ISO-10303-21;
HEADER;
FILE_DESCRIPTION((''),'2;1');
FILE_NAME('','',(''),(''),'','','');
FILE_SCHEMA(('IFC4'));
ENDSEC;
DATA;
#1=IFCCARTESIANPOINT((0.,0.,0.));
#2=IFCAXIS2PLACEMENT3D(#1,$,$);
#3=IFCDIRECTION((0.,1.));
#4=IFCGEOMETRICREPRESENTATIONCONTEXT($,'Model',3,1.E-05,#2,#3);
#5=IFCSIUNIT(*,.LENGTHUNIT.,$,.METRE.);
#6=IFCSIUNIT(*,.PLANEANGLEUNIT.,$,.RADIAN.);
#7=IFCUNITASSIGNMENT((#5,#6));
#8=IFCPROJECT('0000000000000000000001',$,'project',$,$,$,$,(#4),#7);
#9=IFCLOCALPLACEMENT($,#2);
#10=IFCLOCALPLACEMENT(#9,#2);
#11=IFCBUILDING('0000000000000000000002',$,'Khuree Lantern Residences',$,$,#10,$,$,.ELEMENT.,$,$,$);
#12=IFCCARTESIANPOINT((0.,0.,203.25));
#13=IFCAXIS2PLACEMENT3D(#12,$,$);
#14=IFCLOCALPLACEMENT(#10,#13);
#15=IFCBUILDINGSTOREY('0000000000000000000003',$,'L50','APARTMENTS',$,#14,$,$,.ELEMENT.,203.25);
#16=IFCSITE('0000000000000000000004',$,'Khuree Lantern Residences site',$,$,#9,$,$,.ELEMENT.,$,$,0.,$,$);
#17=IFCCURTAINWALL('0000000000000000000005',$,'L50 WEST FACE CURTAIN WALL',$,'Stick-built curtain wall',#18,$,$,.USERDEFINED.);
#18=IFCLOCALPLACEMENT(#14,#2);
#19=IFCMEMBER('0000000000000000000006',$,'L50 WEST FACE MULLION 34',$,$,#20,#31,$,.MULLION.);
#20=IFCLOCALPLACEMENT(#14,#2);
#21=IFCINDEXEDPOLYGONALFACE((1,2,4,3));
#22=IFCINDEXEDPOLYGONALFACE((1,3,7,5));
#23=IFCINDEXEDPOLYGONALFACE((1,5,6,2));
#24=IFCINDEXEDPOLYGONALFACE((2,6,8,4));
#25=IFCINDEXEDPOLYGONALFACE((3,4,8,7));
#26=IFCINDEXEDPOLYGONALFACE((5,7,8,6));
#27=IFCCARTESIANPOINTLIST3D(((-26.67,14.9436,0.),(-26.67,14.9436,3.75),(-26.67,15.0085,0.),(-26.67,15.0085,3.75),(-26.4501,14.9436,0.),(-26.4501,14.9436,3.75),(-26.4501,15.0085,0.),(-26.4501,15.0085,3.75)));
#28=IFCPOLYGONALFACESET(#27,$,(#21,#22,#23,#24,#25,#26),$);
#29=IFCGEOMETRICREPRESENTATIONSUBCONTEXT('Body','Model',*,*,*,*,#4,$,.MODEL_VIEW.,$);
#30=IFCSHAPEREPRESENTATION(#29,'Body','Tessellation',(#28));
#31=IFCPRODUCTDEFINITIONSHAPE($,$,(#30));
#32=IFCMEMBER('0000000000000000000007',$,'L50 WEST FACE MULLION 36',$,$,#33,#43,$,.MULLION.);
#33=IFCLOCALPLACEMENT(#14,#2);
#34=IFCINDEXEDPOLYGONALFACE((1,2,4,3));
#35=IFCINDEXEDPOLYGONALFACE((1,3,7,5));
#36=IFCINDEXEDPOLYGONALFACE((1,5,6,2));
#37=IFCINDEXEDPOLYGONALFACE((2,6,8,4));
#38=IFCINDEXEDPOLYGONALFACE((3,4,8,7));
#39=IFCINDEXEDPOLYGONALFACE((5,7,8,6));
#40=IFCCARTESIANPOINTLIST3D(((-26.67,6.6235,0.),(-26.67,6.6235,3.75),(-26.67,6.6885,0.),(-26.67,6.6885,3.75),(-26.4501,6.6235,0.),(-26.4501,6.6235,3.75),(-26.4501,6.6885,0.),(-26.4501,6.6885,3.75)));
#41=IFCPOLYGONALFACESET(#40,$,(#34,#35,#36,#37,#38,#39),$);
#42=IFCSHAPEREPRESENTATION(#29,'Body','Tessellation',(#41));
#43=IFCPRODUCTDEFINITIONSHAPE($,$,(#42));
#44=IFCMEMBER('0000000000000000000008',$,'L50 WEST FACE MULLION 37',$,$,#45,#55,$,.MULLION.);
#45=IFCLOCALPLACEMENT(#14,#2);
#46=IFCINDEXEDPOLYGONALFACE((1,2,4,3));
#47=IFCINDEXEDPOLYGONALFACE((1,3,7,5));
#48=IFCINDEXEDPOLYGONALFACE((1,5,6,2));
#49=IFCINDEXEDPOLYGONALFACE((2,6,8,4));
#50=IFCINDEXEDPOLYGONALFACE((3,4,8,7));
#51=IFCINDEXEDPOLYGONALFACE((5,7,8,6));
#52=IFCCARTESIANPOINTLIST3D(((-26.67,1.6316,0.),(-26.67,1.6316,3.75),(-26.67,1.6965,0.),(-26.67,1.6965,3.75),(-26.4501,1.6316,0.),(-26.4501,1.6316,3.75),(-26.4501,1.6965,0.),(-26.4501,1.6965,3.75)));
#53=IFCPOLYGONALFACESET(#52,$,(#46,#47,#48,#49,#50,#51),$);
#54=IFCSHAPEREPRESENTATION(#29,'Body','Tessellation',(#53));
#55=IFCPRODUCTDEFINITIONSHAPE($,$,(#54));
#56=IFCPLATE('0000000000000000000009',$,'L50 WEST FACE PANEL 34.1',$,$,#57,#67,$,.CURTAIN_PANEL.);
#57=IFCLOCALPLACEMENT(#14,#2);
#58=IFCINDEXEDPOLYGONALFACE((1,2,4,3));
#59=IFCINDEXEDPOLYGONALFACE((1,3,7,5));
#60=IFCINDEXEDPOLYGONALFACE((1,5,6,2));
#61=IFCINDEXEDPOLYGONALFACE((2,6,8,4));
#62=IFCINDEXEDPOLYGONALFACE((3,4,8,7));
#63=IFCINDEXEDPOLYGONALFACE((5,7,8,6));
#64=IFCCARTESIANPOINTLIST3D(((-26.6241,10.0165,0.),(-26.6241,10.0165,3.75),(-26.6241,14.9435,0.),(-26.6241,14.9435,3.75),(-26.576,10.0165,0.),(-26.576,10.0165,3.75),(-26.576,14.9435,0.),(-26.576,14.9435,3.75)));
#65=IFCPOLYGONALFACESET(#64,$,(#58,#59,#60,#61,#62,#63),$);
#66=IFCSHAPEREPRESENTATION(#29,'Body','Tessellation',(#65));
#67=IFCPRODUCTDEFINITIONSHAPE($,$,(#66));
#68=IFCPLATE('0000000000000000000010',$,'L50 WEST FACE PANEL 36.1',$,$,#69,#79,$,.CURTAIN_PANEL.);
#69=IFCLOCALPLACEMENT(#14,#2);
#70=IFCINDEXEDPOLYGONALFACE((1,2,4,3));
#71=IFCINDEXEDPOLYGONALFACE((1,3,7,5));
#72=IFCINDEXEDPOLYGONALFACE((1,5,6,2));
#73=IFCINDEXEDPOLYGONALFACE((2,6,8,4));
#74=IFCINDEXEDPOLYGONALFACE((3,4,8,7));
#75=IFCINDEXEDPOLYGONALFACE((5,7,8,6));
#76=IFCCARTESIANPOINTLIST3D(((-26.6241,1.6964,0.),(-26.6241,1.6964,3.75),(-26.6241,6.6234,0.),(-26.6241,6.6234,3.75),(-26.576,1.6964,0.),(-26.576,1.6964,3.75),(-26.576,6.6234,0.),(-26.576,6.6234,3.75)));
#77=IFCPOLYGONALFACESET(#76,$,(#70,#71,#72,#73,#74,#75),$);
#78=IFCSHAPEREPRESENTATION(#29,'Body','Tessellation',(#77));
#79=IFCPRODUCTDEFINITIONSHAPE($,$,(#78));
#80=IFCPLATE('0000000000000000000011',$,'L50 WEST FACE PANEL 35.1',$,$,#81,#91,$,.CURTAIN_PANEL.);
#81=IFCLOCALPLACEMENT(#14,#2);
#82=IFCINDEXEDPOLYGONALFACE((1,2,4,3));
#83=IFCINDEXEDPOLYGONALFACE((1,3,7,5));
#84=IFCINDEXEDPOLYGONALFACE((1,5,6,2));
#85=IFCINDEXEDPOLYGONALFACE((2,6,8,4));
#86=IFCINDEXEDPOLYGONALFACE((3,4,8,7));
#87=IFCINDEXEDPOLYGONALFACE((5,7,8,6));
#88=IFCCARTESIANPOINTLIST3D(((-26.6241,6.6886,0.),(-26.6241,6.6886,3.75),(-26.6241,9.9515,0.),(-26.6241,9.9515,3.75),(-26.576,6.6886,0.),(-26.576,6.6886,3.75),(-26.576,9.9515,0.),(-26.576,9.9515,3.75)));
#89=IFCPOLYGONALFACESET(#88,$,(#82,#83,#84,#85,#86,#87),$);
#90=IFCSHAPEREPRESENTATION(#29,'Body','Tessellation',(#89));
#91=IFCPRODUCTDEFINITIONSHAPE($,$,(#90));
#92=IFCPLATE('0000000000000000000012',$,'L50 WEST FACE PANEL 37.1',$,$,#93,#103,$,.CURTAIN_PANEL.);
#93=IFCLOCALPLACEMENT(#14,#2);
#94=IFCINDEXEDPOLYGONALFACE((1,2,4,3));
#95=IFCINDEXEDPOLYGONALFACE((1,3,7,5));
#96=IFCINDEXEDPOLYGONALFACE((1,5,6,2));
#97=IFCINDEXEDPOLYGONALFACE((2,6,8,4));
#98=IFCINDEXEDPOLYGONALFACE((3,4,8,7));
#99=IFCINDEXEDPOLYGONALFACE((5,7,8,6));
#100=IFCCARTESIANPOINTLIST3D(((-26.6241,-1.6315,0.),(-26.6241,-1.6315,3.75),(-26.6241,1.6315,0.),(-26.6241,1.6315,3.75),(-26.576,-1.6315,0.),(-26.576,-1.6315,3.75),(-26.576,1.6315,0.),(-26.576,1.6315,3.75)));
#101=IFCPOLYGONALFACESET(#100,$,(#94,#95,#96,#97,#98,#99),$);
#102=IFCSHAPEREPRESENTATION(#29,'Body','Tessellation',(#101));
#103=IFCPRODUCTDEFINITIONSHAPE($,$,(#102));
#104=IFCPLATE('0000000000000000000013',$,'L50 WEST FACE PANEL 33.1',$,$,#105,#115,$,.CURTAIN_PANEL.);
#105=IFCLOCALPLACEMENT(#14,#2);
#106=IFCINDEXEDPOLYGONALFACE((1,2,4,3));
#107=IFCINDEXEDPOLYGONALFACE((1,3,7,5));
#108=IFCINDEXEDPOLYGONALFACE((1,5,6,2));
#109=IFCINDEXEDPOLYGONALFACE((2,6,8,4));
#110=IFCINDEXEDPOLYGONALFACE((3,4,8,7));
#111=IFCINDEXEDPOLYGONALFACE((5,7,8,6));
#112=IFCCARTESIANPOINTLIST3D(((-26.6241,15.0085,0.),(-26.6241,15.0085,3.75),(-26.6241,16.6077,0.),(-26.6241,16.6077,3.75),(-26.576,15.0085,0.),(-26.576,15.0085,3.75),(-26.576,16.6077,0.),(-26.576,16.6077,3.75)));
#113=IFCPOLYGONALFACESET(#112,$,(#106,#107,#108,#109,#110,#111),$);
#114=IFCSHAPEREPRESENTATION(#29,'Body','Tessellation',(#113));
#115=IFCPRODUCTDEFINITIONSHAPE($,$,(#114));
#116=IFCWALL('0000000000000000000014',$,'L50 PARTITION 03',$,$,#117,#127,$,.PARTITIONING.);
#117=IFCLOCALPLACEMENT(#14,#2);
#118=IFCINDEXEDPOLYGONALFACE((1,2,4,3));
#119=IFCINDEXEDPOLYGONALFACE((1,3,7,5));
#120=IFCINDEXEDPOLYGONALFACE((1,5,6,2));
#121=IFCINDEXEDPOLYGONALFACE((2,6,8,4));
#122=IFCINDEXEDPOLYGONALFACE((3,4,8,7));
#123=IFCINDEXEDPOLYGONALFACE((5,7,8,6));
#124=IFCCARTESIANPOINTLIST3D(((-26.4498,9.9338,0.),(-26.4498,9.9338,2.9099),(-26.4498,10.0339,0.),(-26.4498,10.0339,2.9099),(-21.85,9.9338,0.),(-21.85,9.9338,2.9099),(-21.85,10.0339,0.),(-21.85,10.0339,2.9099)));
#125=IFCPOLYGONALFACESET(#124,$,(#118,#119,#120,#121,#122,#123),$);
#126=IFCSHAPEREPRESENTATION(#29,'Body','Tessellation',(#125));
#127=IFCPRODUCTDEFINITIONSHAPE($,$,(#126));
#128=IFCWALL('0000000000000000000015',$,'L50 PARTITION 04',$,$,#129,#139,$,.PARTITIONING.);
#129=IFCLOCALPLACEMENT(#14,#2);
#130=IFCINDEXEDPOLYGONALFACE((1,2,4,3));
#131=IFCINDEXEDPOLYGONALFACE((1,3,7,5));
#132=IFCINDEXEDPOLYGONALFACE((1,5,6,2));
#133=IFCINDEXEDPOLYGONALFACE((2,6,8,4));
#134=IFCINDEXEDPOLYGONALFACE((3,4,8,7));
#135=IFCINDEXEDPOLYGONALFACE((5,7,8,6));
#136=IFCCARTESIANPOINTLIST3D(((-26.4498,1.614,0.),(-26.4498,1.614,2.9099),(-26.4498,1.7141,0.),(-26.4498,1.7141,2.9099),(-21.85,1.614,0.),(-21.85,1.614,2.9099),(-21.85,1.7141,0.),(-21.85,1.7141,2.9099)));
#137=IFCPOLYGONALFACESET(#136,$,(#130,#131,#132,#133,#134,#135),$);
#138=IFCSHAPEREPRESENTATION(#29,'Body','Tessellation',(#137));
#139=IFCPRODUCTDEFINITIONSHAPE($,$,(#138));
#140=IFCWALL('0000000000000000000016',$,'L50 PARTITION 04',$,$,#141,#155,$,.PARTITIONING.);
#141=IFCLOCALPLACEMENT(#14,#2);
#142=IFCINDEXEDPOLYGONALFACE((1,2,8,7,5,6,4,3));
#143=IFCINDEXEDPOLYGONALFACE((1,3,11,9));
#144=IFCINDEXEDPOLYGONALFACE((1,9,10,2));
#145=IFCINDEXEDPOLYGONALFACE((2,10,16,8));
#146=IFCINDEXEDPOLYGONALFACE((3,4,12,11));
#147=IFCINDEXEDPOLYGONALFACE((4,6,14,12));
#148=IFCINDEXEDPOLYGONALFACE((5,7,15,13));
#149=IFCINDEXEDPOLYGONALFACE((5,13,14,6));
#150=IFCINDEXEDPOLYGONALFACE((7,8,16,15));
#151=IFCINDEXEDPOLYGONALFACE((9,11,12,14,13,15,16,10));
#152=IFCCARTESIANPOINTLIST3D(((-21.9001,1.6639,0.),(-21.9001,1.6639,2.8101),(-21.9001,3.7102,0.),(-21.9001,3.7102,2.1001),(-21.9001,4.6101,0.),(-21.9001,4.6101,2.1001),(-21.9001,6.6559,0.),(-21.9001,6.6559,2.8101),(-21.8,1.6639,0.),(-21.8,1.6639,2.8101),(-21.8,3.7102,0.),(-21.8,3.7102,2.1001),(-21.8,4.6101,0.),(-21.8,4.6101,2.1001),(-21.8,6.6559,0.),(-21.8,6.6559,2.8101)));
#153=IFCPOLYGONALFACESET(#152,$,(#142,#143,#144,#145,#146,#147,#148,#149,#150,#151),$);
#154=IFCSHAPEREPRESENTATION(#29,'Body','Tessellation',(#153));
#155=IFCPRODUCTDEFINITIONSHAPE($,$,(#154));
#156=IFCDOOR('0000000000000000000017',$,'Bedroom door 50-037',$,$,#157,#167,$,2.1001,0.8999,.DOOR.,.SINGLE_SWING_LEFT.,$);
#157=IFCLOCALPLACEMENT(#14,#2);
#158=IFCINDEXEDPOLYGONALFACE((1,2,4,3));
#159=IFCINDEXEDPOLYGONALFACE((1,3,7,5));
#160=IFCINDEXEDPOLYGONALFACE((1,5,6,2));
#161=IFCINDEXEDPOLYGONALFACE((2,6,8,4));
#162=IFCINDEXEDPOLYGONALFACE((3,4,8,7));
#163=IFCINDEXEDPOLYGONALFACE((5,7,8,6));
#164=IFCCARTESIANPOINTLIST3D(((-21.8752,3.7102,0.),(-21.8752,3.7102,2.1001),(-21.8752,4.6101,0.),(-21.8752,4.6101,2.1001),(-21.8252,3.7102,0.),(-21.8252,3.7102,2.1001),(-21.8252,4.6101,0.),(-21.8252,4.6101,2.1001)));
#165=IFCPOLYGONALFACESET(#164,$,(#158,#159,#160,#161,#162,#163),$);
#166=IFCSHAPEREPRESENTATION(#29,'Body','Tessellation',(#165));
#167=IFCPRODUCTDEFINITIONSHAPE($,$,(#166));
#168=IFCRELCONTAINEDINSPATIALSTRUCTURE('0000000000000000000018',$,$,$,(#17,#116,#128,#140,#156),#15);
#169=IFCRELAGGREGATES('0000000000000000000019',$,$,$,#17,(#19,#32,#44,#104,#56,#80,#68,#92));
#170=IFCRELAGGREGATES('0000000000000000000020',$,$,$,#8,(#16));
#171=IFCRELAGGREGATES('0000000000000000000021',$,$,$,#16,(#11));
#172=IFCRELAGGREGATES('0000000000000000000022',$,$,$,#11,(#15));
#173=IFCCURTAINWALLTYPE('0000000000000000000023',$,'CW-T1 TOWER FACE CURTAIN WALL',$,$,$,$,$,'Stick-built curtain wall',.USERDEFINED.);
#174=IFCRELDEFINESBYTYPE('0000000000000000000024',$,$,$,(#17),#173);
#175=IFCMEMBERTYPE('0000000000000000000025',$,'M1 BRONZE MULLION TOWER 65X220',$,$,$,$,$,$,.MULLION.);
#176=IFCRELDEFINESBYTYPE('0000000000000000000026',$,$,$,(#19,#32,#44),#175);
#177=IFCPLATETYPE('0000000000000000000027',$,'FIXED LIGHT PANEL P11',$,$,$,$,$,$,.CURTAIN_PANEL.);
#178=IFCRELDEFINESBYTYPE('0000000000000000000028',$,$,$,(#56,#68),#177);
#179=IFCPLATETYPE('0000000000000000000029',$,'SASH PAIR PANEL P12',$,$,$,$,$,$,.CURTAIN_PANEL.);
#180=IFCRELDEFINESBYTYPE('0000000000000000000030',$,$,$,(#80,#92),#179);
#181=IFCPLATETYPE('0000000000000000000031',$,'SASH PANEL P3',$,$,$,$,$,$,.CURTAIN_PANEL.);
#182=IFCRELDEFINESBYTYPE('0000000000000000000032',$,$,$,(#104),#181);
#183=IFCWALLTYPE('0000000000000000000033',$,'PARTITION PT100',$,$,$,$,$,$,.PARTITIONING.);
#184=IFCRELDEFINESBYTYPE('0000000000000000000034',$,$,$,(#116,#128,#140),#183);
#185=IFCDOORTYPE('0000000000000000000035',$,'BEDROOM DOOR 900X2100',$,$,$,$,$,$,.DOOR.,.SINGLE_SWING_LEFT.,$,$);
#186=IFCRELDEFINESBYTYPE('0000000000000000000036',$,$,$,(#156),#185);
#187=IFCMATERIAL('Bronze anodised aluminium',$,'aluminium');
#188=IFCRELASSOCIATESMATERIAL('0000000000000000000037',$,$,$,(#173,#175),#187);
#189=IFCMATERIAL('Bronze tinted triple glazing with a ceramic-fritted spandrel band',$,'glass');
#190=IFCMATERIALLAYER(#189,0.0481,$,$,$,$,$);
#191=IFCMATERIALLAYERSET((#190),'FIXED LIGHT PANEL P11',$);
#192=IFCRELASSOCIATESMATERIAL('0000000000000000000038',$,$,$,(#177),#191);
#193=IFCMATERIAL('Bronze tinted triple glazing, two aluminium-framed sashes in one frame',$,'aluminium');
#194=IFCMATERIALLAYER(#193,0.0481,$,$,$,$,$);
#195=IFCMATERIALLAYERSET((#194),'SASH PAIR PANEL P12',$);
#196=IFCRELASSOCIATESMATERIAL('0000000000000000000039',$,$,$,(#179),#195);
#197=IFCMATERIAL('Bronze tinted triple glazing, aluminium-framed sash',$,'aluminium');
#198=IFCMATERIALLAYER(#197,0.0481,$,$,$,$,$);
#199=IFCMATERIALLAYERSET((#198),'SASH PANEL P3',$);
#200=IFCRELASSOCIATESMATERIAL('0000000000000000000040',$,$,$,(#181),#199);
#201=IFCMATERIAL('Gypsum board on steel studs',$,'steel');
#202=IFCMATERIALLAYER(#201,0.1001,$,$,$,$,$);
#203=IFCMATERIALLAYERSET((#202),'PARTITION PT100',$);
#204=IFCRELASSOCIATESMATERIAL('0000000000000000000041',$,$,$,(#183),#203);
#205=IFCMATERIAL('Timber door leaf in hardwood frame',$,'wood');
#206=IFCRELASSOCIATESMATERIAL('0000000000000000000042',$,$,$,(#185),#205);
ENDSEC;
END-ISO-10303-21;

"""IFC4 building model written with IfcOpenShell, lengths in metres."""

from ifc_helpers import new_model, si_unit, direction, frame, frame_2d, origin, origin_2d, place, context, subcontext, project, spatial, rectangle, extrude, material, layer, layer_set, material_profile, profile_set, type_object, element, fill, aggregate, save


model = new_model("IFC4")

# Units and contexts
model_context = context("Model", 3, precision=1e-05, world=origin(), true_north=direction((0.0, 1.0)))
body_context = subcontext(model_context, "Body", "Model", "MODEL_VIEW")
ifc_project = project(units=[si_unit("LENGTHUNIT", "METRE"), si_unit("PLANEANGLEUNIT", "RADIAN")], contexts=[model_context])

# Site, building, storey
site_placement = place(None, origin())
site = spatial("IfcSite", under=ifc_project, at=site_placement, Name="Khuree Lantern Residences site", CompositionType="ELEMENT", RefElevation=0.0)
building_placement = place(site_placement, origin())
building = spatial("IfcBuilding", under=site, at=building_placement, Name="Khuree Lantern Residences", CompositionType="ELEMENT")
storey_placement = place(building_placement, frame((0.0, 0.0, 203.25)))
storey = spatial("IfcBuildingStorey", under=building, at=storey_placement, Name="L50", Description="APARTMENTS", CompositionType="ELEMENT", Elevation=203.25)

# Curtain wall
ifc_material_1 = material(Name="Bronze anodised aluminium", Category="aluminium")
curtain_wall_type = type_object("IfcCurtainWallType", Name="CW-T1 TOWER FACE CURTAIN WALL", ElementType="Stick-built curtain wall", PredefinedType="USERDEFINED", material=ifc_material_1)
curtain_wall_placement = place(storey_placement, origin())
curtain_wall = element("IfcCurtainWall", 1, at=curtain_wall_placement, inside=storey, type_object=curtain_wall_type, Name="L50 WEST FACE CURTAIN WALL", ObjectType="Stick-built curtain wall", PredefinedType="USERDEFINED")

# Members
ifc_material_profile_1 = material_profile(ifc_material_1, rectangle(XDim=0.0649, YDim=0.22, at=origin_2d()), Name="M1 65X220")
ifc_profile_set_1 = profile_set([ifc_material_profile_1], Name="Bronze anodised aluminium")
member_type_1 = type_object("IfcMemberType", Name="M1 BRONZE MULLION TOWER 65X220", PredefinedType="MULLION", material=ifc_profile_set_1)
member_1_placement = place(storey_placement, frame((-26.5601, 14.9761, 0.0), z_axis=(0.0, 0.0, 1.0), x_axis=(0.0, -1.0, 0.0)))
member_1 = element("IfcMember", 2, at=member_1_placement, type_object=member_type_1, Name="L50 WEST FACE MULLION 34", PredefinedType="MULLION", context=body_context, shape_type="SweptSolid", body=[
    extrude(rectangle(XDim=0.0649, YDim=0.22, at=origin_2d()), origin(), (0.0, 0.0, 1.0), 3.75),
])
member_2_placement = place(storey_placement, frame((-26.5601, 6.656, 0.0), z_axis=(0.0, 0.0, 1.0), x_axis=(0.0, -1.0, 0.0)))
member_2 = element("IfcMember", 3, at=member_2_placement, type_object=member_type_1, Name="L50 WEST FACE MULLION 36", PredefinedType="MULLION", context=body_context, shape_type="SweptSolid", body=[
    extrude(rectangle(XDim=0.0649, YDim=0.22, at=origin_2d()), origin(), (0.0, 0.0, 1.0), 3.75),
])
member_3_placement = place(storey_placement, frame((-26.5601, 1.6641, 0.0), z_axis=(0.0, 0.0, 1.0), x_axis=(0.0, -1.0, 0.0)))
member_3 = element("IfcMember", 4, at=member_3_placement, type_object=member_type_1, Name="L50 WEST FACE MULLION 37", PredefinedType="MULLION", context=body_context, shape_type="SweptSolid", body=[
    extrude(rectangle(XDim=0.0649, YDim=0.22, at=origin_2d()), origin(), (0.0, 0.0, 1.0), 3.75),
])

# Plates
ifc_material_2 = material(Name="Bronze tinted triple glazing with a ceramic-fritted spandrel band", Category="glass")
ifc_layer_1 = layer(ifc_material_2, 0.0481)
ifc_layer_set_1 = layer_set([ifc_layer_1], Name="FIXED LIGHT PANEL P11")
plate_type_1 = type_object("IfcPlateType", Name="FIXED LIGHT PANEL P11", PredefinedType="CURTAIN_PANEL", material=ifc_layer_set_1)
plate_1_placement = place(storey_placement, frame((-26.6001, 12.48, 0.0), z_axis=(0.0, 0.0, 1.0), x_axis=(0.0, -1.0, 0.0)))
plate_1 = element("IfcPlate", 5, at=plate_1_placement, type_object=plate_type_1, Name="L50 WEST FACE PANEL 34.1", PredefinedType="CURTAIN_PANEL", context=body_context, shape_type="SweptSolid", body=[
    extrude(rectangle(XDim=4.927, YDim=0.0481, at=origin_2d()), origin(), (0.0, 0.0, 1.0), 3.75),
])
plate_2_placement = place(storey_placement, frame((-26.6001, 4.1599, 0.0), z_axis=(0.0, 0.0, 1.0), x_axis=(0.0, -1.0, 0.0)))
plate_2 = element("IfcPlate", 6, at=plate_2_placement, type_object=plate_type_1, Name="L50 WEST FACE PANEL 36.1", PredefinedType="CURTAIN_PANEL", context=body_context, shape_type="SweptSolid", body=[
    extrude(rectangle(XDim=4.927, YDim=0.0481, at=origin_2d()), origin(), (0.0, 0.0, 1.0), 3.75),
])
ifc_material_3 = material(Name="Bronze tinted triple glazing, two aluminium-framed sashes in one frame", Category="aluminium")
ifc_layer_2 = layer(ifc_material_3, 0.0481)
ifc_layer_set_2 = layer_set([ifc_layer_2], Name="SASH PAIR PANEL P12")
plate_type_2 = type_object("IfcPlateType", Name="SASH PAIR PANEL P12", PredefinedType="CURTAIN_PANEL", material=ifc_layer_set_2)
plate_3_placement = place(storey_placement, frame((-26.6001, 8.3201, 0.0), z_axis=(0.0, 0.0, 1.0), x_axis=(0.0, -1.0, 0.0)))
plate_3 = element("IfcPlate", 7, at=plate_3_placement, type_object=plate_type_2, Name="L50 WEST FACE PANEL 35.1", PredefinedType="CURTAIN_PANEL", context=body_context, shape_type="SweptSolid", body=[
    extrude(rectangle(XDim=3.2629, YDim=0.0481, at=origin_2d()), origin(), (0.0, 0.0, 1.0), 3.75),
])
plate_4_placement = place(storey_placement, frame((-26.6001, 0.0, 0.0), z_axis=(0.0, 0.0, 1.0), x_axis=(0.0, -1.0, 0.0)))
plate_4 = element("IfcPlate", 8, at=plate_4_placement, type_object=plate_type_2, Name="L50 WEST FACE PANEL 37.1", PredefinedType="CURTAIN_PANEL", context=body_context, shape_type="SweptSolid", body=[
    extrude(rectangle(XDim=3.2629, YDim=0.0481, at=origin_2d()), origin(), (0.0, 0.0, 1.0), 3.75),
])
ifc_material_4 = material(Name="Bronze tinted triple glazing, aluminium-framed sash", Category="aluminium")
ifc_layer_3 = layer(ifc_material_4, 0.0481)
ifc_layer_set_3 = layer_set([ifc_layer_3], Name="SASH PANEL P3")
plate_type_3 = type_object("IfcPlateType", Name="SASH PANEL P3", PredefinedType="CURTAIN_PANEL", material=ifc_layer_set_3)
plate_5_placement = place(storey_placement, frame((-26.6001, 15.8081, 0.0), z_axis=(0.0, 0.0, 1.0), x_axis=(0.0, -1.0, 0.0)))
plate_5 = element("IfcPlate", 9, at=plate_5_placement, type_object=plate_type_3, Name="L50 WEST FACE PANEL 33.1", PredefinedType="CURTAIN_PANEL", context=body_context, shape_type="SweptSolid", body=[
    extrude(rectangle(XDim=1.5991, YDim=0.0481, at=origin_2d()), origin(), (0.0, 0.0, 1.0), 3.75),
])
aggregate(curtain_wall, [member_1, member_2, member_3, plate_5, plate_1, plate_3, plate_2, plate_4])

# Walls
ifc_material_5 = material(Name="Gypsum board on steel studs", Category="steel")
ifc_layer_4 = layer(ifc_material_5, 0.1001)
ifc_layer_set_4 = layer_set([ifc_layer_4], Name="PARTITION PT100")
wall_type = type_object("IfcWallType", Name="PARTITION PT100", PredefinedType="PARTITIONING", material=ifc_layer_set_4)
for number, where, z_axis, x_axis, name in (
    (10, (-21.8501, 9.9839, 0.0), (0.0, 0.0, 1.0), (-1.0, 0.0, 0.0), "L50 PARTITION 03"),
    (11, (-21.8501, 1.6641, 0.0), (0.0, 0.0, 1.0), (-1.0, 0.0, 0.0), "L50 PARTITION 04"),
):
    element("IfcWall", number, at=place(storey_placement, frame(where, z_axis=z_axis, x_axis=x_axis)), inside=storey, type_object=wall_type, Name=name, PredefinedType="PARTITIONING", context=body_context, shape_type="SweptSolid", body=[
        extrude(rectangle(XDim=4.5999, YDim=0.1001, at=frame_2d((2.2998, 0.0))), origin(), (0.0, 0.0, 1.0), 2.9099),
    ])

# Wall, opening, door
wall_placement = place(storey_placement, frame((-21.8501, 6.656, 0.0), z_axis=(0.0, 0.0, 1.0), x_axis=(0.0, -1.0, 0.0)))
wall = element("IfcWall", 12, at=wall_placement, inside=storey, type_object=wall_type, Name="L50 PARTITION 04", PredefinedType="PARTITIONING", context=body_context, shape_type="SweptSolid", body=[
    extrude(rectangle(XDim=4.9919, YDim=0.1001, at=frame_2d((2.4961, 0.0))), origin(), (0.0, 0.0, 1.0), 2.8101),
])
opening_placement = place(wall_placement, frame((2.0459, 0.0, 0.0)))
opening = element("IfcOpeningElement", 13, at=opening_placement, cuts=wall, PredefinedType="OPENING", context=body_context, shape_type="SweptSolid", body=[
    extrude(rectangle(XDim=0.8999, YDim=2.1001, at=frame_2d((0.45, 1.05))), frame((0.0, 0.0601, 0.0), z_axis=(0.0, -1.0, 0.0), x_axis=(1.0, 0.0, 0.0)), (0.0, 0.0, 1.0), 0.1201),
])
ifc_material_6 = material(Name="Timber door leaf in hardwood frame", Category="wood")
door_type = type_object("IfcDoorType", Name="BEDROOM DOOR 900X2100", OperationType="SINGLE_SWING_LEFT", PredefinedType="DOOR", material=ifc_material_6)
door_placement = place(opening_placement, origin())
door = element("IfcDoor", 14, at=door_placement, inside=storey, type_object=door_type, Name="Bedroom door 50-037", OperationType="SINGLE_SWING_LEFT", OverallHeight=2.1001, OverallWidth=0.8999, PredefinedType="DOOR", context=body_context, shape_type="SweptSolid", body=[
    extrude(rectangle(XDim=0.8999, YDim=2.1001, at=frame_2d((0.45, 1.05))), frame((0.0, 0.0249, 0.0), z_axis=(0.0, -1.0, 0.0), x_axis=(1.0, 0.0, 0.0)), (0.0, 0.0, 1.0), 0.05),
])
fill(opening, door)

save(model, "model.ifc")
